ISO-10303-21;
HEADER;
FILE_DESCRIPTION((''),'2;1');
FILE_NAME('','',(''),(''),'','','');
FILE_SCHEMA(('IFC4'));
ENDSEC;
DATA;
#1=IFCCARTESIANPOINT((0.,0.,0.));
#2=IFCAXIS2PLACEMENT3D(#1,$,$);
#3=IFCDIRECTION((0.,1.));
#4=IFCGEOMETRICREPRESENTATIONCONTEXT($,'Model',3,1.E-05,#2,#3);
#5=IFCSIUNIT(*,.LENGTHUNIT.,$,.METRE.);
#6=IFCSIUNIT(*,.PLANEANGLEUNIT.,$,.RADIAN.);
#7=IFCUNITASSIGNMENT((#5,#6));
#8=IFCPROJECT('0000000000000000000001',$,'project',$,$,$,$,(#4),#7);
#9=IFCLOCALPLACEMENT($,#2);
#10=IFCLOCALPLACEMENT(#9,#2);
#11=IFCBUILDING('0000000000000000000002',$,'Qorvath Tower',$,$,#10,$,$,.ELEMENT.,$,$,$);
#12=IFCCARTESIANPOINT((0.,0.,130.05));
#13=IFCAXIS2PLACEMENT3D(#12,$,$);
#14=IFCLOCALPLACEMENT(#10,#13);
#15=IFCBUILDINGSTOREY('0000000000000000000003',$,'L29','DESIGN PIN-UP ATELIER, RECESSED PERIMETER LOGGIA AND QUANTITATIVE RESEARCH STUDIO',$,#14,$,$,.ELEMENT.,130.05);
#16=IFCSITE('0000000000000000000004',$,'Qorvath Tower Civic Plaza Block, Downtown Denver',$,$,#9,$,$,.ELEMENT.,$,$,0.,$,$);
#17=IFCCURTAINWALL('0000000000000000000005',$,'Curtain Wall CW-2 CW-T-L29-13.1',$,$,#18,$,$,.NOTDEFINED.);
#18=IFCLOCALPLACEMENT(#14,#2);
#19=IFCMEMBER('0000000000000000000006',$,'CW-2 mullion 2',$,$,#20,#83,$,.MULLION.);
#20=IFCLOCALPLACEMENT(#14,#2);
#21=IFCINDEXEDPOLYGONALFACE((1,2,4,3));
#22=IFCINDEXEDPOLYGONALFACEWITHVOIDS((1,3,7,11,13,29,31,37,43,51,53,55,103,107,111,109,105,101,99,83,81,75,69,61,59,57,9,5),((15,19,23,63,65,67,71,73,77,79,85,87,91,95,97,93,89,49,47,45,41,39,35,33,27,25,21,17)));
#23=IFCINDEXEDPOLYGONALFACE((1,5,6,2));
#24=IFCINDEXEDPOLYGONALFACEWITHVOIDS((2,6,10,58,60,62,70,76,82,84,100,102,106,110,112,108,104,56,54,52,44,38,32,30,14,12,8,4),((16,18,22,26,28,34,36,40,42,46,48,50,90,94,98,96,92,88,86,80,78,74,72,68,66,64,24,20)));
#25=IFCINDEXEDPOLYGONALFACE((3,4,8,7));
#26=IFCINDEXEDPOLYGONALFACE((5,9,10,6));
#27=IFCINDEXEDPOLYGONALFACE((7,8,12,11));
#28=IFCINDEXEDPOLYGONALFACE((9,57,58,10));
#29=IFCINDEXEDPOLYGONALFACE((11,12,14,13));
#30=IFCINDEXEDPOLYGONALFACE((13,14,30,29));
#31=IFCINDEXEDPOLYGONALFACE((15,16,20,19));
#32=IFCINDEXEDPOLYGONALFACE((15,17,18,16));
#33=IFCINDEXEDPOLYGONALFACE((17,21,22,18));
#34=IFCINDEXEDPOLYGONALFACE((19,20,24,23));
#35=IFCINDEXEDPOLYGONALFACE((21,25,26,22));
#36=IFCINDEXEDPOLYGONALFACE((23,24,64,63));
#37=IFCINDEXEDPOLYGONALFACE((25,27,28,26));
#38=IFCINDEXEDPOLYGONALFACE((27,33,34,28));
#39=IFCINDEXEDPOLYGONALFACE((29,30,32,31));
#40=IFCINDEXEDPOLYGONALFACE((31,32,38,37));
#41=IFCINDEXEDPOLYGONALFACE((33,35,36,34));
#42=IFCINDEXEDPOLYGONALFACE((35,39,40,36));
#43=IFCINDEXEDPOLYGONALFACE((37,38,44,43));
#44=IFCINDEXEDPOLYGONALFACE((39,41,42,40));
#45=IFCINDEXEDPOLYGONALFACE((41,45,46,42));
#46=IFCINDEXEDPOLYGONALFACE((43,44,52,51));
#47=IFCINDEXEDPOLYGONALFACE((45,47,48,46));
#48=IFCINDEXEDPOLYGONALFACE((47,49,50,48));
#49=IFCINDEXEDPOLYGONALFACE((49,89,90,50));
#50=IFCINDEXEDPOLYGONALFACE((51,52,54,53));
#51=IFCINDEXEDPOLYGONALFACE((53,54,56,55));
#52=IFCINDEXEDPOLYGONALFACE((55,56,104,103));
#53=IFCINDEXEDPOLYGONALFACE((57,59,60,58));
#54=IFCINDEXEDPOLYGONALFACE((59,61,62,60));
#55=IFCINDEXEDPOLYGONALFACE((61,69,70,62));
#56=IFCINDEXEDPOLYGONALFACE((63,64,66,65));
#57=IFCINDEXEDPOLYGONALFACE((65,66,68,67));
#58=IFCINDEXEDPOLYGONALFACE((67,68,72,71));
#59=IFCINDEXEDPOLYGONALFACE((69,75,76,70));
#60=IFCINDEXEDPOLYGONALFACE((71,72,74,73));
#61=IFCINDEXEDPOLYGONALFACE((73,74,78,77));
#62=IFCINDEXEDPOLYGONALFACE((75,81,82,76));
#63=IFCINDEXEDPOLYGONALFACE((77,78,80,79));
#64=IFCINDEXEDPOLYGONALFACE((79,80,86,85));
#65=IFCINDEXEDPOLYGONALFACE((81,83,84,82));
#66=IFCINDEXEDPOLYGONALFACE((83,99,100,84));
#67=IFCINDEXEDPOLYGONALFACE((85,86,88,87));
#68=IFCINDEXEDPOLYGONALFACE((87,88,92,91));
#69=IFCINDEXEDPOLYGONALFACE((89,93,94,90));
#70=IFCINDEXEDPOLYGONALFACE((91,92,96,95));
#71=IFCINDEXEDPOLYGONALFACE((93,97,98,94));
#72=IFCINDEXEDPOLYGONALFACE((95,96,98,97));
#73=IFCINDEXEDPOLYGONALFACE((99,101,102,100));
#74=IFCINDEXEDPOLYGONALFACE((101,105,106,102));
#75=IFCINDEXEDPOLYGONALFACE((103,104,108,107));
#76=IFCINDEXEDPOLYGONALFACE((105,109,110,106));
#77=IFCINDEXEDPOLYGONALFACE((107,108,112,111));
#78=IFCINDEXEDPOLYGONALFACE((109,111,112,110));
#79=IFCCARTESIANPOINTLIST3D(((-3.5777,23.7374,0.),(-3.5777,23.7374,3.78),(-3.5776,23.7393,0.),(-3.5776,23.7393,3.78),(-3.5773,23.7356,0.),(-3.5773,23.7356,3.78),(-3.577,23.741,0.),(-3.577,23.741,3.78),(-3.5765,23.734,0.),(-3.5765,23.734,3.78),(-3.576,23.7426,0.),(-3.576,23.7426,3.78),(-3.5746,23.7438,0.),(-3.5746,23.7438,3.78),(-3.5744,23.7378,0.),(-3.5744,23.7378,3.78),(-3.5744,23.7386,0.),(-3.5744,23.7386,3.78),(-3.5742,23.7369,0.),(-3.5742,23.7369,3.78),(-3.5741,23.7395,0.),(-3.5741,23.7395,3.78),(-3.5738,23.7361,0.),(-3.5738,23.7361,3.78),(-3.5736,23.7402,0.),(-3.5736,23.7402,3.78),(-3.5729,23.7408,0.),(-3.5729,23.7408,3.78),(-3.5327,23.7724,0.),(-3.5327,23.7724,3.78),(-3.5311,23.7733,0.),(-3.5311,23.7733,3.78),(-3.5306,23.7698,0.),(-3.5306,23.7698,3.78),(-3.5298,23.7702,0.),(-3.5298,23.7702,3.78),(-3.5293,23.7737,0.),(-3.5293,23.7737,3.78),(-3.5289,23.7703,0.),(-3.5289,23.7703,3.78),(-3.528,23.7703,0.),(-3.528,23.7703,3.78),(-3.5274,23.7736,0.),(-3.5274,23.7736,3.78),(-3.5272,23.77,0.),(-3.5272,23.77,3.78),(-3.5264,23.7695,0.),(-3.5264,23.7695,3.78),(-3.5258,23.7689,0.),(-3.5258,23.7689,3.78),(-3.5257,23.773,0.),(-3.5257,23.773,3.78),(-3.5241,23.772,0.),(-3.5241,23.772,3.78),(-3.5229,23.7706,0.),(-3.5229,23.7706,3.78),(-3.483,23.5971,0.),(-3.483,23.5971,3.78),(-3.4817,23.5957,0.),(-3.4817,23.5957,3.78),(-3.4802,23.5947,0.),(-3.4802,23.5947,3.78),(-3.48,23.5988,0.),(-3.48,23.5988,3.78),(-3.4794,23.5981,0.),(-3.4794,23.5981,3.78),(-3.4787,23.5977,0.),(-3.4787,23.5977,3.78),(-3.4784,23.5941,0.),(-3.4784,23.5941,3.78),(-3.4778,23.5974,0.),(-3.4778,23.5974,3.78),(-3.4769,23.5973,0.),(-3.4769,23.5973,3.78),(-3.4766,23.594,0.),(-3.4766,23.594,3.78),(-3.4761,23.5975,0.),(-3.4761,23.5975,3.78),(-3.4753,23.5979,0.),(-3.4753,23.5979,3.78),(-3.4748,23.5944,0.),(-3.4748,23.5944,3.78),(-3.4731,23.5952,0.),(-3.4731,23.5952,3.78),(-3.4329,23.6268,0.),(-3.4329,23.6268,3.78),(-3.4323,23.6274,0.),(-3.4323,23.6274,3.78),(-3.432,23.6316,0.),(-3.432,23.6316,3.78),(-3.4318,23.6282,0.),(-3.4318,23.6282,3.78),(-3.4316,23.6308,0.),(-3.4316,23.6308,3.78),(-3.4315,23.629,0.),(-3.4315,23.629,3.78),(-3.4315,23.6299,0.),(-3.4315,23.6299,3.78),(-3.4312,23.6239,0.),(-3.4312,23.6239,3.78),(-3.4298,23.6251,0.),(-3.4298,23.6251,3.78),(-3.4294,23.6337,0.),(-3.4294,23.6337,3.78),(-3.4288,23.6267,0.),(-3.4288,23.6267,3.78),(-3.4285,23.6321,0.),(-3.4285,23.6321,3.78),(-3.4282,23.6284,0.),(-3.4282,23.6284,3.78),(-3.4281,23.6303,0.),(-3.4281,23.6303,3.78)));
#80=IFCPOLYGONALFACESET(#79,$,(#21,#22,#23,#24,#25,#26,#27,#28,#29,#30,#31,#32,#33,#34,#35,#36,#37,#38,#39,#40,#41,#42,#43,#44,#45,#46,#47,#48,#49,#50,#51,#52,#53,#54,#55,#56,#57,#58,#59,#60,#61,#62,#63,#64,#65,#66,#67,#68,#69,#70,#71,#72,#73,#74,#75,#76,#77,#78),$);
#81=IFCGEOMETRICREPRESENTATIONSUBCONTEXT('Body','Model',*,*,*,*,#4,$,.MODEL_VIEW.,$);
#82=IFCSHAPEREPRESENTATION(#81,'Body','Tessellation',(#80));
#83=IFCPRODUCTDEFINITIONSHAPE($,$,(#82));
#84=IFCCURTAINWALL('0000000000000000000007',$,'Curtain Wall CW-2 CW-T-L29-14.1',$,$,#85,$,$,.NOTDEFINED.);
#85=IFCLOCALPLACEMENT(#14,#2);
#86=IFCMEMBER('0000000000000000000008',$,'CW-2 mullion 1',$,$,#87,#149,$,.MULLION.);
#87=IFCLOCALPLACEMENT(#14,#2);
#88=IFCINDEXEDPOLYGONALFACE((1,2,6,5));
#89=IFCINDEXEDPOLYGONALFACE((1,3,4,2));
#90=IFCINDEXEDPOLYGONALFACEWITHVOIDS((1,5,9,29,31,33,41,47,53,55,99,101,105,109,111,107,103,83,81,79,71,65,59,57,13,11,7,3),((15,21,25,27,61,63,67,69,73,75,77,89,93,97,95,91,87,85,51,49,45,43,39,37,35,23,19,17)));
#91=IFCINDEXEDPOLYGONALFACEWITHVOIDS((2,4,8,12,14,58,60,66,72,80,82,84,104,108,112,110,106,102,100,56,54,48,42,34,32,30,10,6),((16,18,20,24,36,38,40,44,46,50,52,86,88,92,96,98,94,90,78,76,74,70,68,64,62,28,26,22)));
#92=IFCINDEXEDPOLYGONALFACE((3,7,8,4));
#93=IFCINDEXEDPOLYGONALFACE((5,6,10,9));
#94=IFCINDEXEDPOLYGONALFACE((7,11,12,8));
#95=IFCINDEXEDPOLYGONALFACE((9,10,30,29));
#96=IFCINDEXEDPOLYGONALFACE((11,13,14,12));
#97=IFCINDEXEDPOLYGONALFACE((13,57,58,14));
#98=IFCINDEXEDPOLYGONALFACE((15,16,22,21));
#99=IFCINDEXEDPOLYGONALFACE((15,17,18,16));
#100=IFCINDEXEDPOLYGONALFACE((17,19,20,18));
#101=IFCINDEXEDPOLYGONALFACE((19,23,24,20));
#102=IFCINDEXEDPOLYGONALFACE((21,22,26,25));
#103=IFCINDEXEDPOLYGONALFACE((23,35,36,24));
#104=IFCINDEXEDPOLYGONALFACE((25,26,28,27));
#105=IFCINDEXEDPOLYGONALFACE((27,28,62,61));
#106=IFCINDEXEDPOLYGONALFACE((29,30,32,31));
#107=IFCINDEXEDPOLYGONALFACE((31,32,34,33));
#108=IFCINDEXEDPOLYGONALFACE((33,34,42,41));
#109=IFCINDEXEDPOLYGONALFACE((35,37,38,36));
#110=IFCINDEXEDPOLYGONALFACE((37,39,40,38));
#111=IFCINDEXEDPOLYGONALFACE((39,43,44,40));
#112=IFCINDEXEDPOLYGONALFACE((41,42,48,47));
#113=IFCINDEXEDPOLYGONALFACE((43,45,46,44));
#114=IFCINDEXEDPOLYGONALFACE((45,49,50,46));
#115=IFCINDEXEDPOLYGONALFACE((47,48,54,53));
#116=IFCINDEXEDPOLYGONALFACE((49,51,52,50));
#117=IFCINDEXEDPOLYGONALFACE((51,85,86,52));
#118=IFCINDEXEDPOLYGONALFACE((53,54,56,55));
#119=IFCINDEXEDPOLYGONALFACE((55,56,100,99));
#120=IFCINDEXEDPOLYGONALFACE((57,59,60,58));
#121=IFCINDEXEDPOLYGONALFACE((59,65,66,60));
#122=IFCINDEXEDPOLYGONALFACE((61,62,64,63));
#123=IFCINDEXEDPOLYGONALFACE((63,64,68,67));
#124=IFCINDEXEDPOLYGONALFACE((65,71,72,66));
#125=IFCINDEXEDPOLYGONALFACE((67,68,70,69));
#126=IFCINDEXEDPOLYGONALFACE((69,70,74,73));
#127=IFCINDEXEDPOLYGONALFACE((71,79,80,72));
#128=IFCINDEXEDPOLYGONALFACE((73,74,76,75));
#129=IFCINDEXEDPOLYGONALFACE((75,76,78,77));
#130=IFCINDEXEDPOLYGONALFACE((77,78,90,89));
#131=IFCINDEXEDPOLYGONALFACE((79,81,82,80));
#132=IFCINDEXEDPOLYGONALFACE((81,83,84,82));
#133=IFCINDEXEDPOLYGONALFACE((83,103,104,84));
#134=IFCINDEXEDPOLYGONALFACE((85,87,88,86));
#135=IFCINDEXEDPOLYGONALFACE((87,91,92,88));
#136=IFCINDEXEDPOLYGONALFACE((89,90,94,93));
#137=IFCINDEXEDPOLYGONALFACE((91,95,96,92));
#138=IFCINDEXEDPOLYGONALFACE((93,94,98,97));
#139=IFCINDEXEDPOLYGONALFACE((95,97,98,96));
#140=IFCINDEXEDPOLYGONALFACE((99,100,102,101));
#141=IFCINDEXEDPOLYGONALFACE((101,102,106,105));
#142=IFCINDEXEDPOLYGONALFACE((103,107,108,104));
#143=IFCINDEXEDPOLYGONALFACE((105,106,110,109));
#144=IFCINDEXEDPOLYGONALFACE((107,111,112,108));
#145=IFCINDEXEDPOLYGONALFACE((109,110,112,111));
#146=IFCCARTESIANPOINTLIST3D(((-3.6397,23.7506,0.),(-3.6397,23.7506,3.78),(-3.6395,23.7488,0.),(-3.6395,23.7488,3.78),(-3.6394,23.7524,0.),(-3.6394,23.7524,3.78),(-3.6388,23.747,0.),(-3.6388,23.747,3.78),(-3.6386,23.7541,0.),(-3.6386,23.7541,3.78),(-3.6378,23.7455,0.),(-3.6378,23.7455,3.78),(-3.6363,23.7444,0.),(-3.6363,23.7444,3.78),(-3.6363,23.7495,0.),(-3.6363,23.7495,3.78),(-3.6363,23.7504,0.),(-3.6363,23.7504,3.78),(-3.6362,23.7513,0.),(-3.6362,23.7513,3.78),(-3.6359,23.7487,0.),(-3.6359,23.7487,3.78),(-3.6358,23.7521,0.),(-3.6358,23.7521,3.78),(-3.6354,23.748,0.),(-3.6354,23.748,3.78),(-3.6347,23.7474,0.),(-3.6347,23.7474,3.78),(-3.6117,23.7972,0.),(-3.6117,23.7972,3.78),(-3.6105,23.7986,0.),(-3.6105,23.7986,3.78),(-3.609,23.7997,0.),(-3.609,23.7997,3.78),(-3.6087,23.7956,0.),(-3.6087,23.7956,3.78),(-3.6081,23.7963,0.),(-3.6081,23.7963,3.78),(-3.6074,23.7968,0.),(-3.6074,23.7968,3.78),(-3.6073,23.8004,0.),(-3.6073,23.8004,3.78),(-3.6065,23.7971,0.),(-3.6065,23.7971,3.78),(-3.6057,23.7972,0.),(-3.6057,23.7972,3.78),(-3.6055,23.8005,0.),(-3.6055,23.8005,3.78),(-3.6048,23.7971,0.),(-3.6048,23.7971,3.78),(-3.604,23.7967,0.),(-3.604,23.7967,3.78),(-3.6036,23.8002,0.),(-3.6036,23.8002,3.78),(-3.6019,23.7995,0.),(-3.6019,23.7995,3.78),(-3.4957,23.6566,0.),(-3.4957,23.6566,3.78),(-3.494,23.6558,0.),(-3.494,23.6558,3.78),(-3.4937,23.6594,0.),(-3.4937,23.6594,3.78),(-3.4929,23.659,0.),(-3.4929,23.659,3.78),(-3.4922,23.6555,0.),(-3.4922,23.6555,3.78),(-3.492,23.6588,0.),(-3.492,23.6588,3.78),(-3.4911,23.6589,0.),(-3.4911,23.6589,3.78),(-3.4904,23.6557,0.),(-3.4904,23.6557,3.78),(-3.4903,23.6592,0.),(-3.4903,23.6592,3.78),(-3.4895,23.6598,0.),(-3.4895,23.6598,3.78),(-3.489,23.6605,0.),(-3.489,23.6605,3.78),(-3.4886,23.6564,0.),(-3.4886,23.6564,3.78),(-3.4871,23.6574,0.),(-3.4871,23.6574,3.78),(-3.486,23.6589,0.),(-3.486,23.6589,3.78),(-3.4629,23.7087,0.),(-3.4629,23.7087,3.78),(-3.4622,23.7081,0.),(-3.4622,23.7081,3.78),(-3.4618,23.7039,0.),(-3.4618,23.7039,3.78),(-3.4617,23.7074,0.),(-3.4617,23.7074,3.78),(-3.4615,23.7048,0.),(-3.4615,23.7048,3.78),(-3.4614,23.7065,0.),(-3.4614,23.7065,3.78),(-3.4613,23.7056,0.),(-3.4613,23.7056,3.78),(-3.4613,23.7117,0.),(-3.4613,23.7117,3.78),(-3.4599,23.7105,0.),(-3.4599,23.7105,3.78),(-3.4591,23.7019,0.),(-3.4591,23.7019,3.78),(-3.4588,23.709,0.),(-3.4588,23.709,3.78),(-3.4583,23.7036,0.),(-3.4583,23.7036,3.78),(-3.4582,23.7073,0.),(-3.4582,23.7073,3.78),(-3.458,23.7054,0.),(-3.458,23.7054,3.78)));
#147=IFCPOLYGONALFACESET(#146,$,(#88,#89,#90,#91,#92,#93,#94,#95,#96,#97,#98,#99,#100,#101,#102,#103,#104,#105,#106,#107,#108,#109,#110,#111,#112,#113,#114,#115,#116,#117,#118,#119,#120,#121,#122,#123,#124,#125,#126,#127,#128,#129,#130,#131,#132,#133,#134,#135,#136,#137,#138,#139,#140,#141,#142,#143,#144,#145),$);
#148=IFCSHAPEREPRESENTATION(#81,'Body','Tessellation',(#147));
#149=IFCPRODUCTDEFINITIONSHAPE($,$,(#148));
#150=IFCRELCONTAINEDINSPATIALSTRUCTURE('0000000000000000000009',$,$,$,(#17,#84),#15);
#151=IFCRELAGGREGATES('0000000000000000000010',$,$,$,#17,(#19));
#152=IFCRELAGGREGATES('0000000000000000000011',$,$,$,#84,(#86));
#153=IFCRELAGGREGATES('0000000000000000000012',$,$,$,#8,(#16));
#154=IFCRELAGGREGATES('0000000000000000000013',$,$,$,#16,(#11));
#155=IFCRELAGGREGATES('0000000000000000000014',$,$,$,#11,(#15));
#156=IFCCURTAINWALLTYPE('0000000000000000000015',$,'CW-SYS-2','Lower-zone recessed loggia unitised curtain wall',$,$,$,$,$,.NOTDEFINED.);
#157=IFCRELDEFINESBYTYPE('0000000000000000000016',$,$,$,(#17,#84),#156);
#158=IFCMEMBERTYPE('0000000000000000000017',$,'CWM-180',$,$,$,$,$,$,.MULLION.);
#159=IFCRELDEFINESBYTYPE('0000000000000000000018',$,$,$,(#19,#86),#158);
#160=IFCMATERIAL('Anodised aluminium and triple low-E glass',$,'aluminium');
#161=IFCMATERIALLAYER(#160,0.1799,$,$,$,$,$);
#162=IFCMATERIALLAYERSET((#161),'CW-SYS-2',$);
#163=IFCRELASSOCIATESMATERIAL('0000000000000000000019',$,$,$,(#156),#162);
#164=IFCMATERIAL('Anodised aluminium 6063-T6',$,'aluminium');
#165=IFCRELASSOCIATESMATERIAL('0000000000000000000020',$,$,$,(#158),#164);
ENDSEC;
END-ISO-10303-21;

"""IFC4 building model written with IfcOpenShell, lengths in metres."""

from ifc_helpers import new_model, si_unit, direction, frame, origin, origin_2d, place, context, subcontext, project, spatial, hollow_rectangle, extrude, material, layer, layer_set, material_profile, profile_set, type_object, element, aggregate, save


model = new_model("IFC4")

# Units and contexts
model_context = context("Model", 3, precision=1e-05, world=origin(), true_north=direction((0.0, 1.0)))
body_context = subcontext(model_context, "Body", "Model", "MODEL_VIEW")
ifc_project = project(units=[si_unit("LENGTHUNIT", "METRE"), si_unit("PLANEANGLEUNIT", "RADIAN")], contexts=[model_context])

# Site, building, storey
site_placement = place(None, origin())
site = spatial("IfcSite", under=ifc_project, at=site_placement, Name="Qorvath Tower Civic Plaza Block, Downtown Denver", CompositionType="ELEMENT", RefElevation=0.0)
building_placement = place(site_placement, origin())
building = spatial("IfcBuilding", under=site, at=building_placement, Name="Qorvath Tower", CompositionType="ELEMENT")
storey_placement = place(building_placement, frame((0.0, 0.0, 130.05)))
storey = spatial("IfcBuildingStorey", under=building, at=storey_placement, Name="L29", Description="DESIGN PIN-UP ATELIER, RECESSED PERIMETER LOGGIA AND QUANTITATIVE RESEARCH STUDIO", CompositionType="ELEMENT", Elevation=130.05)

# Shared definitions
ifc_material_1 = material(Name="Anodised aluminium and triple low-E glass", Category="aluminium")
ifc_layer_1 = layer(ifc_material_1, 0.1799)
ifc_layer_set_1 = layer_set([ifc_layer_1], Name="CW-SYS-2")
curtain_wall_type = type_object("IfcCurtainWallType", Name="CW-SYS-2", Description="Lower-zone recessed loggia unitised curtain wall", PredefinedType="NOTDEFINED", material=ifc_layer_set_1)
ifc_material_2 = material(Name="Anodised aluminium 6063-T6", Category="aluminium")
ifc_material_profile_1 = material_profile(ifc_material_2, hollow_rectangle(XDim=0.0649, YDim=0.1799, WallThickness=0.0034, InnerFilletRadius=0.0034, OuterFilletRadius=0.0071, at=origin_2d()), Name="CWM 180x65")
ifc_profile_set_1 = profile_set([ifc_material_profile_1], Name="Anodised aluminium 6063-T6")
member_type_1 = type_object("IfcMemberType", Name="CWM-180", PredefinedType="MULLION", material=ifc_profile_set_1)

# Curtain walls, members
curtain_wall_1_placement = place(storey_placement, origin())
curtain_wall_1 = element("IfcCurtainWall", 1, at=curtain_wall_1_placement, inside=storey, type_object=curtain_wall_type, Name="Curtain Wall CW-2 CW-T-L29-13.1", PredefinedType="NOTDEFINED")
member_1_placement = place(storey_placement, frame((-3.5029, 23.6838, 0.0), z_axis=(0.0, 0.0, 1.0), x_axis=(-0.825663, -0.564164, 0.0)))
member_1 = element("IfcMember", 2, at=member_1_placement, type_object=member_type_1, Name="CW-2 mullion 2", PredefinedType="MULLION", context=body_context, shape_type="SweptSolid", body=[
    extrude(hollow_rectangle(XDim=0.0649, YDim=0.1799, WallThickness=0.0034, InnerFilletRadius=0.0034, OuterFilletRadius=0.0071, at=origin_2d()), origin(), (0.0, 0.0, 1.0), 3.78),
])
curtain_wall_2_placement = place(storey_placement, origin())
curtain_wall_2 = element("IfcCurtainWall", 3, at=curtain_wall_2_placement, inside=storey, type_object=curtain_wall_type, Name="Curtain Wall CW-2 CW-T-L29-14.1", PredefinedType="NOTDEFINED")
member_2_placement = place(storey_placement, frame((-3.5488, 23.728, 0.0), z_axis=(0.0, 0.0, 1.0), x_axis=(-0.529503, -0.848308, 0.0)))
member_2 = element("IfcMember", 4, at=member_2_placement, type_object=member_type_1, Name="CW-2 mullion 1", PredefinedType="MULLION", context=body_context, shape_type="SweptSolid", body=[
    extrude(hollow_rectangle(XDim=0.0649, YDim=0.1799, WallThickness=0.0034, InnerFilletRadius=0.0034, OuterFilletRadius=0.0071, at=origin_2d()), origin(), (0.0, 0.0, 1.0), 3.78),
])

aggregate(curtain_wall_1, [member_1])
aggregate(curtain_wall_2, [member_2])

save(model, "model.ifc")
